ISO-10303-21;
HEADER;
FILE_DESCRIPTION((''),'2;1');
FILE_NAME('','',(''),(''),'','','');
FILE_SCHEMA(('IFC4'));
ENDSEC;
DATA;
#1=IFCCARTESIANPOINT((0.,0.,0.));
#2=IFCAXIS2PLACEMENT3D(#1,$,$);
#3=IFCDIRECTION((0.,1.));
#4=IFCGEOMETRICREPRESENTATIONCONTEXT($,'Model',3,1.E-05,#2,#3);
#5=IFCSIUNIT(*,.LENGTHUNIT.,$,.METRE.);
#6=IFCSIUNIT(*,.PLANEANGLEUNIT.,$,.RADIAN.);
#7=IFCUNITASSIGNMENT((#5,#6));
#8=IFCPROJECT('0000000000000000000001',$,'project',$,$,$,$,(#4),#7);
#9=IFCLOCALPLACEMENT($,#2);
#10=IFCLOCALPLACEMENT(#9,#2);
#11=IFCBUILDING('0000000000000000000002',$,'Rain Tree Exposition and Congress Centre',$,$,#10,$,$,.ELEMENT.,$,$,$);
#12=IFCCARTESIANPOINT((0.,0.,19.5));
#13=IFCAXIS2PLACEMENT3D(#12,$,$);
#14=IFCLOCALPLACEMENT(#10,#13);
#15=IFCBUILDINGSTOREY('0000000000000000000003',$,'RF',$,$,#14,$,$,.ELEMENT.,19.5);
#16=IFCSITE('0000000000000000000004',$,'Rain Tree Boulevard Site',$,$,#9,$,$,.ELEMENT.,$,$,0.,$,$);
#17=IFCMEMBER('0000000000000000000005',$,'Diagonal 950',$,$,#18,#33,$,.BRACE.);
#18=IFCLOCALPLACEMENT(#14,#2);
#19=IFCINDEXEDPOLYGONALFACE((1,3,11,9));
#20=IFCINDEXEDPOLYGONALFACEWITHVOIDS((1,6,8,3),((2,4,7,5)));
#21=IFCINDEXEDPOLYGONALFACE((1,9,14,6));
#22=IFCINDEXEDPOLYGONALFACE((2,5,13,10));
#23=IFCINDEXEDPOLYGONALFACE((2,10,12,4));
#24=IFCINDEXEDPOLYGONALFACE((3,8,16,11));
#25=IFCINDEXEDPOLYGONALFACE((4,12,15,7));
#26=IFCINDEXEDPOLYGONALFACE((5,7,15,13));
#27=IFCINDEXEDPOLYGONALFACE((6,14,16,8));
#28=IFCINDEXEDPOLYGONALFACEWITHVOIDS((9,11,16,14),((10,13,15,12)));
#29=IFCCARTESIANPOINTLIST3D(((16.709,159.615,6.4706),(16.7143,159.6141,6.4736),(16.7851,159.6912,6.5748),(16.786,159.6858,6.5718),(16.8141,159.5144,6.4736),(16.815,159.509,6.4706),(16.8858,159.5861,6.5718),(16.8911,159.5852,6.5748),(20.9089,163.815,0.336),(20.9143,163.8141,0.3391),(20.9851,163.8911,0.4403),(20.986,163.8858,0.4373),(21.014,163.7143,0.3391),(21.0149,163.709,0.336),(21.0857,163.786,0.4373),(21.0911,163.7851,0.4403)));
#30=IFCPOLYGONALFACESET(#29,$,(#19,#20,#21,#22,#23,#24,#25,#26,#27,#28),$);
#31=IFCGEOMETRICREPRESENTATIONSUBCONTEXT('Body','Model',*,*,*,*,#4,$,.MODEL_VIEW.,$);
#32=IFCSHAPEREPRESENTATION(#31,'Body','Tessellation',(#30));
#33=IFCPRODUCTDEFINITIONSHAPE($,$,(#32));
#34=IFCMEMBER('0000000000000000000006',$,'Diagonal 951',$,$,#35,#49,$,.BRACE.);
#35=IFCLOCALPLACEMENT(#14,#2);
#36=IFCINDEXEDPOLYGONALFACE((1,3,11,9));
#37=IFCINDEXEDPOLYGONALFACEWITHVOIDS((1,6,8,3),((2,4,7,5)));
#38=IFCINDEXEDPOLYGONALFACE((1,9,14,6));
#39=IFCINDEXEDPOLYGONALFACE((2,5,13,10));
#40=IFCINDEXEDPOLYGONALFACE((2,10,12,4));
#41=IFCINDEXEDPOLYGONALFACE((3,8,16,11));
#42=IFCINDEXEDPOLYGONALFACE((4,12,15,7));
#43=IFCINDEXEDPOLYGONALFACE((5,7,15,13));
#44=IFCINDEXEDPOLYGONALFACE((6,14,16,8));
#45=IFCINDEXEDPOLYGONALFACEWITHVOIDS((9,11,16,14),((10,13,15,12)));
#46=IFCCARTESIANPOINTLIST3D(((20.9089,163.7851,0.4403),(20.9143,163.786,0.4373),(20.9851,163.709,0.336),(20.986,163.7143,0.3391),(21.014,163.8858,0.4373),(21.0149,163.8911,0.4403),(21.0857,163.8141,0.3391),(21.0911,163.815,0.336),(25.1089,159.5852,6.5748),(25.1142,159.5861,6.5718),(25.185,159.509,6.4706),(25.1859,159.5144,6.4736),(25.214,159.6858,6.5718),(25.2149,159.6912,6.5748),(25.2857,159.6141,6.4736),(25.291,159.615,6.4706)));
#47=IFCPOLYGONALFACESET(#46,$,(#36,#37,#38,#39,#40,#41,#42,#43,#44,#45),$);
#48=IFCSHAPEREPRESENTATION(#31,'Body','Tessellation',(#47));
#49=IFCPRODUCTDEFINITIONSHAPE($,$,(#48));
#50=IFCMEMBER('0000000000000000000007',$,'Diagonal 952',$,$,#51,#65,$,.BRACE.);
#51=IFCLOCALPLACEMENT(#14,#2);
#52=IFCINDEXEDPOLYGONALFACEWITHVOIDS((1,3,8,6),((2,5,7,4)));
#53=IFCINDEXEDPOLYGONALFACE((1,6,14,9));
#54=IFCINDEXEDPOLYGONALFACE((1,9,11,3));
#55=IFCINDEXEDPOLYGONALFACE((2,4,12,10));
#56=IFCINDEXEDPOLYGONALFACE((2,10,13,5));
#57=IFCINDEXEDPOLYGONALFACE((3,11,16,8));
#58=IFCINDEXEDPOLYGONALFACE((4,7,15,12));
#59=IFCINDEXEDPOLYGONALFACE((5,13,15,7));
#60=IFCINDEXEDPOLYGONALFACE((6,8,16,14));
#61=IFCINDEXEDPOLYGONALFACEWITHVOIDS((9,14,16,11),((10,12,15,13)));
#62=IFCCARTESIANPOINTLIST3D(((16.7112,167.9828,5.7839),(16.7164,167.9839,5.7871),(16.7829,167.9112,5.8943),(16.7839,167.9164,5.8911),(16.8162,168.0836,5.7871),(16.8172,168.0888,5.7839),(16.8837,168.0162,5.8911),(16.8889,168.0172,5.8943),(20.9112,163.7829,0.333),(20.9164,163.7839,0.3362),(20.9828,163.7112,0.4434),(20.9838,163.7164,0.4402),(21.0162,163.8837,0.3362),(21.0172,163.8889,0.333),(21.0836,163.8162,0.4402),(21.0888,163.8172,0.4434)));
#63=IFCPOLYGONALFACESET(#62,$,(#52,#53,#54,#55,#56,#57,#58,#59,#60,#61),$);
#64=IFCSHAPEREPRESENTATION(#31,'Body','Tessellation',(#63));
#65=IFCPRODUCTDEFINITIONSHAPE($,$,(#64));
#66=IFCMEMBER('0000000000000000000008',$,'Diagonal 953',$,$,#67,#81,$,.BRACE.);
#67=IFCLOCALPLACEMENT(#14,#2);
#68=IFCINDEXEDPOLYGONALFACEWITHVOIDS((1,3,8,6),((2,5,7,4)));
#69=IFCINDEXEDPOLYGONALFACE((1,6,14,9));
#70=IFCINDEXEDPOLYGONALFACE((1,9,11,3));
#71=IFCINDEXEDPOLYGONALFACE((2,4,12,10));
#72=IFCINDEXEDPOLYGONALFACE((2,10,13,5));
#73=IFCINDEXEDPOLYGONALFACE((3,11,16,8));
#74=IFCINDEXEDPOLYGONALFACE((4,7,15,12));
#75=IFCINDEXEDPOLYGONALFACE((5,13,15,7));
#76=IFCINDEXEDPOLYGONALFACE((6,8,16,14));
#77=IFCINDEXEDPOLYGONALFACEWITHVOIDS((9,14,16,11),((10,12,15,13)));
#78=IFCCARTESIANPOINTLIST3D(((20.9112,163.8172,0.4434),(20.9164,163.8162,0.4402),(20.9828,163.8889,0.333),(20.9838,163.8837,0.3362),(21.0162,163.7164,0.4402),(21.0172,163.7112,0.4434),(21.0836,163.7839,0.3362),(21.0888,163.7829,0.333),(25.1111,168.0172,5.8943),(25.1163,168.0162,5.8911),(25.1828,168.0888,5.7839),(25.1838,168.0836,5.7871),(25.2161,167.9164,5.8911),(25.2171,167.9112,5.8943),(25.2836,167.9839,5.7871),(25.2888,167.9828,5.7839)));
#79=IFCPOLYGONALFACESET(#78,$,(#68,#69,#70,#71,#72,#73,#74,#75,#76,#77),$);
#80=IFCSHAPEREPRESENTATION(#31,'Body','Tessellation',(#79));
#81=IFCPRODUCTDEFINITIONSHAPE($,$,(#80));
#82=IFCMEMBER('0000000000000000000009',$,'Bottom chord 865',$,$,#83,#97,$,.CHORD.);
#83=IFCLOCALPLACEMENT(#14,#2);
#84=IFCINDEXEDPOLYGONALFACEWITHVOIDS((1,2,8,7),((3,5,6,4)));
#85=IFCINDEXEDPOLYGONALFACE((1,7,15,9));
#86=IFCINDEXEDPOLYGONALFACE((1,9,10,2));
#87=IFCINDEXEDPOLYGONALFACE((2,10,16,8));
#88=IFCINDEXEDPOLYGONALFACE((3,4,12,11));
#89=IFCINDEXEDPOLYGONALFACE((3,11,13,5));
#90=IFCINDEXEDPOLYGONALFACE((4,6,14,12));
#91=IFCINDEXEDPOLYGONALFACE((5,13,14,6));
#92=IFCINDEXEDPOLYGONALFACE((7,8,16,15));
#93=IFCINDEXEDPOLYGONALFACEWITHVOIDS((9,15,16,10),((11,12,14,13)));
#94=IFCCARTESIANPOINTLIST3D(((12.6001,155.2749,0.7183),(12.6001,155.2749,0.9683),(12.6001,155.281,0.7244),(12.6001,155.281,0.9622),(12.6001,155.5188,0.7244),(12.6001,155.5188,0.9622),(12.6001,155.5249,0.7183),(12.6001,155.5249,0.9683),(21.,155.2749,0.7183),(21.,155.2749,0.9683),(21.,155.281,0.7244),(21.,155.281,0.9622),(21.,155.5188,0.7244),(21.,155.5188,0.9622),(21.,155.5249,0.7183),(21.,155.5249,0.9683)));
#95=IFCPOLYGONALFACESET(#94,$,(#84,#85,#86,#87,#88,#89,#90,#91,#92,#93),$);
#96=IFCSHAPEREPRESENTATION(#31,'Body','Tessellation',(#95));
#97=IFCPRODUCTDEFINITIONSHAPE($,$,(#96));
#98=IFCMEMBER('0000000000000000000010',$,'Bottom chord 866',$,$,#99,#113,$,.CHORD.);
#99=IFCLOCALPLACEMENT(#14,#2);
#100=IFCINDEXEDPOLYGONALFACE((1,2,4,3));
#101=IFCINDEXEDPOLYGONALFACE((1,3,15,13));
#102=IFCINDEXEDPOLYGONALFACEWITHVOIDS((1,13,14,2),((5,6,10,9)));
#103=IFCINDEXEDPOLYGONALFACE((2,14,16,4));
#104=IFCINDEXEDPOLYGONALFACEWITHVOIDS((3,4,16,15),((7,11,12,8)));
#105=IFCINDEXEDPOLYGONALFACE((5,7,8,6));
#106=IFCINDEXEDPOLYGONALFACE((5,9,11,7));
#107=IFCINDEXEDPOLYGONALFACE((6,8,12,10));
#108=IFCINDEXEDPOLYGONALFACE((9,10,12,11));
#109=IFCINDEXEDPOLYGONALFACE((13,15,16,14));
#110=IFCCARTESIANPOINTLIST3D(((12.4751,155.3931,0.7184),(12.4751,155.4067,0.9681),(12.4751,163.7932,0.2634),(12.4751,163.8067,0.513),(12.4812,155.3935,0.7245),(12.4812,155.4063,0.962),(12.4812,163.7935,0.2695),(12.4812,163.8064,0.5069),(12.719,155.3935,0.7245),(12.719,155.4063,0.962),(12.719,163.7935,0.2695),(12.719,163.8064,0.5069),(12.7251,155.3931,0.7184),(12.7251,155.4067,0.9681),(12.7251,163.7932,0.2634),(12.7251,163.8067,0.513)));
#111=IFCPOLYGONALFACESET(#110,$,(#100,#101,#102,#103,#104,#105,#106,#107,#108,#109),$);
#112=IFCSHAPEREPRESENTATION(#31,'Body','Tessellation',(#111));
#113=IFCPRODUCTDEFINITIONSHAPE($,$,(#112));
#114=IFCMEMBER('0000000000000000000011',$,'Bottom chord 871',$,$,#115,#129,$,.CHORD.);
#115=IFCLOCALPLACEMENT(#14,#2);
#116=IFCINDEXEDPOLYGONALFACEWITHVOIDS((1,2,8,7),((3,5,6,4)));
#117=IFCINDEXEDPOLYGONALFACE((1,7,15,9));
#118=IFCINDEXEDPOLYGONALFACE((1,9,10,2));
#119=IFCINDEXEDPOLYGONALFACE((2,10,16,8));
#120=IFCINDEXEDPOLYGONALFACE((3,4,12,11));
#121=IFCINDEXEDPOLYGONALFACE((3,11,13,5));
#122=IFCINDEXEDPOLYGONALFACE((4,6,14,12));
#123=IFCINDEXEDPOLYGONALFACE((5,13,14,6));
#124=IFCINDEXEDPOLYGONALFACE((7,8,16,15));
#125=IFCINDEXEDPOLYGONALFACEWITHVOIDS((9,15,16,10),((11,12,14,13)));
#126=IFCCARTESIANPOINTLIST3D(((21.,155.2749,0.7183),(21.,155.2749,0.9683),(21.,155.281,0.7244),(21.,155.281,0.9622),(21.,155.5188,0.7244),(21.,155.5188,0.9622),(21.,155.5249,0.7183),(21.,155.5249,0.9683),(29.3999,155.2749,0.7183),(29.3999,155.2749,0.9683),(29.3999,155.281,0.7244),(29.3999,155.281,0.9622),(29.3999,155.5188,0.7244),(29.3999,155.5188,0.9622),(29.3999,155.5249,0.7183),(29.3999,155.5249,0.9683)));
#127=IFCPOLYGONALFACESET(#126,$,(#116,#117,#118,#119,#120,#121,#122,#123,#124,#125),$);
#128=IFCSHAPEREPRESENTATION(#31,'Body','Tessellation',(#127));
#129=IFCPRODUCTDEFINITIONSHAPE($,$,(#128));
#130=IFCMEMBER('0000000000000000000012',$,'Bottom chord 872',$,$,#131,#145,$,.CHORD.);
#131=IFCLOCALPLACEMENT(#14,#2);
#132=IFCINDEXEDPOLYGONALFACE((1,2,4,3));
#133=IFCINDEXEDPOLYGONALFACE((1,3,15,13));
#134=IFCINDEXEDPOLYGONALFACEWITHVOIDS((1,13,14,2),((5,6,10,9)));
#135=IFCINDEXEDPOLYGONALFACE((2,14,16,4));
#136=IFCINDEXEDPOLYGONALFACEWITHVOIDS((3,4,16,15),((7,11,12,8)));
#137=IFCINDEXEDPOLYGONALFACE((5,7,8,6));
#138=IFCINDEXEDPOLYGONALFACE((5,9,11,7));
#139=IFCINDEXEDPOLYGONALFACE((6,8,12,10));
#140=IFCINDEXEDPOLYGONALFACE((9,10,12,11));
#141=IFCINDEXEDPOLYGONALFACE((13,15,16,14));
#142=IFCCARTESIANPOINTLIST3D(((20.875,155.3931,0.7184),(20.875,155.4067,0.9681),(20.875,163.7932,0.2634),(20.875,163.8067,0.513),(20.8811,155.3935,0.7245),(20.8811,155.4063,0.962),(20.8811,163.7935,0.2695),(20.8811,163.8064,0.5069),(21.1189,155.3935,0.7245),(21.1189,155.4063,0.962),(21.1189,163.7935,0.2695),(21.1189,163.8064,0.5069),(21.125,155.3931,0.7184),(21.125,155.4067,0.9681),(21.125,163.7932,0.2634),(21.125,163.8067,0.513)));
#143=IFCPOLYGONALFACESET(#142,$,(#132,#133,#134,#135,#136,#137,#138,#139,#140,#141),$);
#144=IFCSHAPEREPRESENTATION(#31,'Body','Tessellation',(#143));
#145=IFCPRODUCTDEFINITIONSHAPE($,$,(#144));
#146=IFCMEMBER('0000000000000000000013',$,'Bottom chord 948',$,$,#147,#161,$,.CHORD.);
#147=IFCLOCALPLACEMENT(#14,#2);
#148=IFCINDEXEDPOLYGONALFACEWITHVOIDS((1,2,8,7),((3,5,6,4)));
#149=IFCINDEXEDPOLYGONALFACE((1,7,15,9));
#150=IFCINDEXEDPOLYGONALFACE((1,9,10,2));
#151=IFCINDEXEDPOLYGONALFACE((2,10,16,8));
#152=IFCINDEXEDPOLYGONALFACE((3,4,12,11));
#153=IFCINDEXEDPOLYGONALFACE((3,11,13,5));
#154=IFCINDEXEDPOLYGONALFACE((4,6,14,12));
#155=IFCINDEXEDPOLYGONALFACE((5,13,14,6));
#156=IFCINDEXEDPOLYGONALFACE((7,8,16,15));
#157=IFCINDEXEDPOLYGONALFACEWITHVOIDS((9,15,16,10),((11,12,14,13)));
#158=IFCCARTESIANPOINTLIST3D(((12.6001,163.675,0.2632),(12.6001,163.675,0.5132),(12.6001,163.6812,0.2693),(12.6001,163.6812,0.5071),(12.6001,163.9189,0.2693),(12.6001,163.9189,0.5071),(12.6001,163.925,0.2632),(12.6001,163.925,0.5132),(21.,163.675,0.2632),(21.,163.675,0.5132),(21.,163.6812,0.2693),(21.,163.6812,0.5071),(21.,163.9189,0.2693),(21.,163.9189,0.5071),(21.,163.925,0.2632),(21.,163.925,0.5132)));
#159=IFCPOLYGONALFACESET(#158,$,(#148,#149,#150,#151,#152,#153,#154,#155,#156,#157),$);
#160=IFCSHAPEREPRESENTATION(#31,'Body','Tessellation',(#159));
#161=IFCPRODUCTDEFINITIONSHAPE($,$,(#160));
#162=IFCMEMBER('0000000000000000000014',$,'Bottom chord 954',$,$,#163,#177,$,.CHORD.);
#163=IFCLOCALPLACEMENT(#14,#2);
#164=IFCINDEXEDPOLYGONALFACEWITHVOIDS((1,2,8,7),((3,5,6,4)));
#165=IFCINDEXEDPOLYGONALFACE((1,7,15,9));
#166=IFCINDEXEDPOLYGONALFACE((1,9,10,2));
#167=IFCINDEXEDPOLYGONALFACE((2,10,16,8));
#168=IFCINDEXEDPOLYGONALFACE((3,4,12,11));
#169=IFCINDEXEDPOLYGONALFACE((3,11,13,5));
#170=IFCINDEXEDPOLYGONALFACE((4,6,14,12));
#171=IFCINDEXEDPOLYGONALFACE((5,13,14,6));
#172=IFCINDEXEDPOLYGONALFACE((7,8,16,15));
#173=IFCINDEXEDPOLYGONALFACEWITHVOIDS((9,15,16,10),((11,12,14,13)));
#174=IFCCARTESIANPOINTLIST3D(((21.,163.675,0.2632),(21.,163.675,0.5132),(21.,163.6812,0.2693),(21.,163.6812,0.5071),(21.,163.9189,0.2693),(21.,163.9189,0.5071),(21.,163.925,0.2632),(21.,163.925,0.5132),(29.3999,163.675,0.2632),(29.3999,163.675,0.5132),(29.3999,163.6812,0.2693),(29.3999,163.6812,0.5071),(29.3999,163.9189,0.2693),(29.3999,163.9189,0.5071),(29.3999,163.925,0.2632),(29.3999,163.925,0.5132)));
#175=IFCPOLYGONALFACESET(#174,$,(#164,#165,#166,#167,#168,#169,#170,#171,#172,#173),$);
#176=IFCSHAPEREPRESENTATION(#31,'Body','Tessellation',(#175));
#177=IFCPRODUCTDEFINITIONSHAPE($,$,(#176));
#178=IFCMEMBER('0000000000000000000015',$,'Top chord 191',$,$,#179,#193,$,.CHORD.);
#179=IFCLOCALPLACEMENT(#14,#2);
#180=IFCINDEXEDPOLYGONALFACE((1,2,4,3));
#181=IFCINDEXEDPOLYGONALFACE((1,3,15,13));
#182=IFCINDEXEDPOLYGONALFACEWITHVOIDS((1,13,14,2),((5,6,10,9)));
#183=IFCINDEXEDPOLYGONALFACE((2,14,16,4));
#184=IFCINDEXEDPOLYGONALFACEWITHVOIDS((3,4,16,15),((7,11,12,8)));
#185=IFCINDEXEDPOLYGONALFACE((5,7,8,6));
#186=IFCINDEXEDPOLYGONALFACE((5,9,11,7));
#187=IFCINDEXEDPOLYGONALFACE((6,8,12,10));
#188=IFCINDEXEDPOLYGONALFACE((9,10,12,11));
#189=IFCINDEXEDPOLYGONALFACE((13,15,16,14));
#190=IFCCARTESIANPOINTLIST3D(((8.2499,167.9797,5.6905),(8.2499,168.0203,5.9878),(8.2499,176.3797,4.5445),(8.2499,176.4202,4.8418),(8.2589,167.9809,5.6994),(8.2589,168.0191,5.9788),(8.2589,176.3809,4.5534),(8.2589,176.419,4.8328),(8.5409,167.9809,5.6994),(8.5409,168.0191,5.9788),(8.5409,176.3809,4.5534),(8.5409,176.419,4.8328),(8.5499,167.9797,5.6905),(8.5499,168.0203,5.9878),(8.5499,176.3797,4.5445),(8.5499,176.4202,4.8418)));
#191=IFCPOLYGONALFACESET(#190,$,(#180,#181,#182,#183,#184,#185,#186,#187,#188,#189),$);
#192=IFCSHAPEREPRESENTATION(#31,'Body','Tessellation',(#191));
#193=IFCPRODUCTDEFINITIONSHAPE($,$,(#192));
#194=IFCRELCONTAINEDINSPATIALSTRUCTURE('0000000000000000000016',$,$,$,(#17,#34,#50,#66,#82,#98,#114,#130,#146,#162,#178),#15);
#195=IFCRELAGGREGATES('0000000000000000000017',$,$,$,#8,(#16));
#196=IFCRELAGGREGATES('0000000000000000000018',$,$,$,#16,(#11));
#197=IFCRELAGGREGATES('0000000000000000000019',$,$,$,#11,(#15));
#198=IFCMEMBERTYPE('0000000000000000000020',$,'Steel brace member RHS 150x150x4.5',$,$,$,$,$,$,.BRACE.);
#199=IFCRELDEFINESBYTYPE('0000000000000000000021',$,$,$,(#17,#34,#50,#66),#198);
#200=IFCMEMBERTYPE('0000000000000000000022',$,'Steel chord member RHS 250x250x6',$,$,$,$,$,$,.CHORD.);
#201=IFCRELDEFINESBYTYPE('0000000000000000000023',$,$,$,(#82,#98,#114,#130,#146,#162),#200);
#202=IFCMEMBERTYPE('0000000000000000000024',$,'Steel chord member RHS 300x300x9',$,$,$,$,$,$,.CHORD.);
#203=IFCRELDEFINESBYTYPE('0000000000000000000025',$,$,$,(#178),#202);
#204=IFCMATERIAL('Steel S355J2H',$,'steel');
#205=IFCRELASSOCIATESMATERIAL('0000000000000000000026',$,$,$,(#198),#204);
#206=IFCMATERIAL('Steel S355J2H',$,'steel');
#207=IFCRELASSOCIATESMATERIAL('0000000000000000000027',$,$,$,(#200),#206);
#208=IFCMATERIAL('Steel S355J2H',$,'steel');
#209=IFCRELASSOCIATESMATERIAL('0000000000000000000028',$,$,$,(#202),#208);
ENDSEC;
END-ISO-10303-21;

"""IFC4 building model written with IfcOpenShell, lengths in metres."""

from ifc_helpers import new_model, si_unit, direction, frame, origin, origin_2d, place, context, subcontext, project, spatial, hollow_rectangle, extrude, material, material_profile, profile_set, type_object, element, save


model = new_model("IFC4")

# Units and contexts
model_context = context("Model", 3, precision=1e-05, world=origin(), true_north=direction((0.0, 1.0)))
body_context = subcontext(model_context, "Body", "Model", "MODEL_VIEW")
ifc_project = project(units=[si_unit("LENGTHUNIT", "METRE"), si_unit("PLANEANGLEUNIT", "RADIAN")], contexts=[model_context])

# Site, building, storey
site_placement = place(None, origin())
site = spatial("IfcSite", under=ifc_project, at=site_placement, Name="Rain Tree Boulevard Site", CompositionType="ELEMENT", RefElevation=0.0)
building_placement = place(site_placement, origin())
building = spatial("IfcBuilding", under=site, at=building_placement, Name="Rain Tree Exposition and Congress Centre", CompositionType="ELEMENT")
storey_placement = place(building_placement, frame((0.0, 0.0, 19.5)))
storey = spatial("IfcBuildingStorey", under=building, at=storey_placement, Name="RF", CompositionType="ELEMENT", Elevation=19.5)

# Members
ifc_material_1 = material(Name="Steel S355J2H", Category="steel")
ifc_material_profile_1 = material_profile(ifc_material_1, hollow_rectangle(XDim=0.1499, YDim=0.1499, WallThickness=0.0044, at=origin_2d()), Name="RHS 150x150x4.5")
ifc_profile_set_1 = profile_set([ifc_material_profile_1], Name="Steel S355J2H")
member_type_1 = type_object("IfcMemberType", Name="Steel brace member RHS 150x150x4.5", PredefinedType="BRACE", material=ifc_profile_set_1)
for number, where, z_axis, x_axis, name in (
    (1, (21.0, 163.8, 0.3882), (-0.491865, -0.491865, 0.718427), (0.707107, -0.707107, 0.0), "Diagonal 950"),
    (2, (21.0, 163.8, 0.3882), (0.491865, -0.491865, 0.718427), (0.707107, 0.707107, 0.0), "Diagonal 951"),
):
    element("IfcMember", number, at=place(storey_placement, frame(where, z_axis=z_axis, x_axis=x_axis)), inside=storey, type_object=member_type_1, Name=name, PredefinedType="BRACE", context=body_context, shape_type="SweptSolid", body=[
        extrude(hollow_rectangle(XDim=0.1499, YDim=0.1499, WallThickness=0.0044, at=origin_2d()), origin(), (0.0, 0.0, 1.0), 8.5388),
    ])
for number, where, z_axis, x_axis, name in (
    (3, (21.0, 163.8, 0.3882), (-0.520973, 0.520973, 0.676147), (-0.707107, -0.707107, 0.0), "Diagonal 952"),
    (4, (21.0, 163.8, 0.3882), (0.520973, 0.520973, 0.676147), (-0.707107, 0.707107, 0.0), "Diagonal 953"),
):
    element("IfcMember", number, at=place(storey_placement, frame(where, z_axis=z_axis, x_axis=x_axis)), inside=storey, type_object=member_type_1, Name=name, PredefinedType="BRACE", context=body_context, shape_type="SweptSolid", body=[
        extrude(hollow_rectangle(XDim=0.1499, YDim=0.1499, WallThickness=0.0044, at=origin_2d()), origin(), (0.0, 0.0, 1.0), 8.0618),
    ])
ifc_material_2 = material(Name="Steel S355J2H", Category="steel")
ifc_material_profile_2 = material_profile(ifc_material_2, hollow_rectangle(XDim=0.25, YDim=0.25, WallThickness=0.0061, at=origin_2d()), Name="RHS 250x250x6")
ifc_profile_set_2 = profile_set([ifc_material_profile_2], Name="Steel S355J2H")
member_type_2 = type_object("IfcMemberType", Name="Steel chord member RHS 250x250x6", PredefinedType="CHORD", material=ifc_profile_set_2)
member_1_placement = place(storey_placement, frame((12.6001, 155.3999, 0.8433), z_axis=(1.0, 0.0, 0.0), x_axis=(0.0, 1.0, 0.0)))
element("IfcMember", 5, at=member_1_placement, inside=storey, type_object=member_type_2, Name="Bottom chord 865", PredefinedType="CHORD", context=body_context, shape_type="SweptSolid", body=[
    extrude(hollow_rectangle(XDim=0.25, YDim=0.25, WallThickness=0.0061, at=origin_2d()), origin(), (0.0, 0.0, 1.0), 8.3999),
])
member_2_placement = place(storey_placement, frame((12.6001, 155.3999, 0.8433), z_axis=(0.0, 0.998536, -0.054096), x_axis=(-1.0, 0.0, 0.0)))
element("IfcMember", 6, at=member_2_placement, inside=storey, type_object=member_type_2, Name="Bottom chord 866", PredefinedType="CHORD", context=body_context, shape_type="SweptSolid", body=[
    extrude(hollow_rectangle(XDim=0.25, YDim=0.25, WallThickness=0.0061, at=origin_2d()), origin(), (0.0, 0.0, 1.0), 8.4124),
])
member_3_placement = place(storey_placement, frame((21.0, 155.3999, 0.8433), z_axis=(1.0, 0.0, 0.0), x_axis=(0.0, 1.0, 0.0)))
element("IfcMember", 7, at=member_3_placement, inside=storey, type_object=member_type_2, Name="Bottom chord 871", PredefinedType="CHORD", context=body_context, shape_type="SweptSolid", body=[
    extrude(hollow_rectangle(XDim=0.25, YDim=0.25, WallThickness=0.0061, at=origin_2d()), origin(), (0.0, 0.0, 1.0), 8.3999),
])
member_4_placement = place(storey_placement, frame((21.0, 155.3999, 0.8433), z_axis=(0.0, 0.998536, -0.054096), x_axis=(-1.0, 0.0, 0.0)))
element("IfcMember", 8, at=member_4_placement, inside=storey, type_object=member_type_2, Name="Bottom chord 872", PredefinedType="CHORD", context=body_context, shape_type="SweptSolid", body=[
    extrude(hollow_rectangle(XDim=0.25, YDim=0.25, WallThickness=0.0061, at=origin_2d()), origin(), (0.0, 0.0, 1.0), 8.4124),
])
for number, where, z_axis, x_axis, name in (
    (9, (12.6001, 163.8, 0.3882), (1.0, 0.0, 0.0), (0.0, 1.0, 0.0), "Bottom chord 948"),
    (10, (21.0, 163.8, 0.3882), (1.0, 0.0, 0.0), (0.0, 1.0, 0.0), "Bottom chord 954"),
):
    element("IfcMember", number, at=place(storey_placement, frame(where, z_axis=z_axis, x_axis=x_axis)), inside=storey, type_object=member_type_2, Name=name, PredefinedType="CHORD", context=body_context, shape_type="SweptSolid", body=[
        extrude(hollow_rectangle(XDim=0.25, YDim=0.25, WallThickness=0.0061, at=origin_2d()), origin(), (0.0, 0.0, 1.0), 8.3999),
    ])
ifc_material_3 = material(Name="Steel S355J2H", Category="steel")
ifc_material_profile_3 = material_profile(ifc_material_3, hollow_rectangle(XDim=0.3, YDim=0.3, WallThickness=0.009, at=origin_2d()), Name="RHS 300x300x9")
ifc_profile_set_3 = profile_set([ifc_material_profile_3], Name="Steel S355J2H")
member_type_3 = type_object("IfcMemberType", Name="Steel chord member RHS 300x300x9", PredefinedType="CHORD", material=ifc_profile_set_3)
member_5_placement = place(storey_placement, frame((8.3999, 168.0, 5.8391), z_axis=(0.0, 0.990821, -0.135177), x_axis=(-1.0, 0.0, 0.0)))
element("IfcMember", 11, at=member_5_placement, inside=storey, type_object=member_type_3, Name="Top chord 191", PredefinedType="CHORD", context=body_context, shape_type="SweptSolid", body=[
    extrude(hollow_rectangle(XDim=0.3, YDim=0.3, WallThickness=0.009, at=origin_2d()), origin(), (0.0, 0.0, 1.0), 8.4778),
])

save(model, "model.ifc")
